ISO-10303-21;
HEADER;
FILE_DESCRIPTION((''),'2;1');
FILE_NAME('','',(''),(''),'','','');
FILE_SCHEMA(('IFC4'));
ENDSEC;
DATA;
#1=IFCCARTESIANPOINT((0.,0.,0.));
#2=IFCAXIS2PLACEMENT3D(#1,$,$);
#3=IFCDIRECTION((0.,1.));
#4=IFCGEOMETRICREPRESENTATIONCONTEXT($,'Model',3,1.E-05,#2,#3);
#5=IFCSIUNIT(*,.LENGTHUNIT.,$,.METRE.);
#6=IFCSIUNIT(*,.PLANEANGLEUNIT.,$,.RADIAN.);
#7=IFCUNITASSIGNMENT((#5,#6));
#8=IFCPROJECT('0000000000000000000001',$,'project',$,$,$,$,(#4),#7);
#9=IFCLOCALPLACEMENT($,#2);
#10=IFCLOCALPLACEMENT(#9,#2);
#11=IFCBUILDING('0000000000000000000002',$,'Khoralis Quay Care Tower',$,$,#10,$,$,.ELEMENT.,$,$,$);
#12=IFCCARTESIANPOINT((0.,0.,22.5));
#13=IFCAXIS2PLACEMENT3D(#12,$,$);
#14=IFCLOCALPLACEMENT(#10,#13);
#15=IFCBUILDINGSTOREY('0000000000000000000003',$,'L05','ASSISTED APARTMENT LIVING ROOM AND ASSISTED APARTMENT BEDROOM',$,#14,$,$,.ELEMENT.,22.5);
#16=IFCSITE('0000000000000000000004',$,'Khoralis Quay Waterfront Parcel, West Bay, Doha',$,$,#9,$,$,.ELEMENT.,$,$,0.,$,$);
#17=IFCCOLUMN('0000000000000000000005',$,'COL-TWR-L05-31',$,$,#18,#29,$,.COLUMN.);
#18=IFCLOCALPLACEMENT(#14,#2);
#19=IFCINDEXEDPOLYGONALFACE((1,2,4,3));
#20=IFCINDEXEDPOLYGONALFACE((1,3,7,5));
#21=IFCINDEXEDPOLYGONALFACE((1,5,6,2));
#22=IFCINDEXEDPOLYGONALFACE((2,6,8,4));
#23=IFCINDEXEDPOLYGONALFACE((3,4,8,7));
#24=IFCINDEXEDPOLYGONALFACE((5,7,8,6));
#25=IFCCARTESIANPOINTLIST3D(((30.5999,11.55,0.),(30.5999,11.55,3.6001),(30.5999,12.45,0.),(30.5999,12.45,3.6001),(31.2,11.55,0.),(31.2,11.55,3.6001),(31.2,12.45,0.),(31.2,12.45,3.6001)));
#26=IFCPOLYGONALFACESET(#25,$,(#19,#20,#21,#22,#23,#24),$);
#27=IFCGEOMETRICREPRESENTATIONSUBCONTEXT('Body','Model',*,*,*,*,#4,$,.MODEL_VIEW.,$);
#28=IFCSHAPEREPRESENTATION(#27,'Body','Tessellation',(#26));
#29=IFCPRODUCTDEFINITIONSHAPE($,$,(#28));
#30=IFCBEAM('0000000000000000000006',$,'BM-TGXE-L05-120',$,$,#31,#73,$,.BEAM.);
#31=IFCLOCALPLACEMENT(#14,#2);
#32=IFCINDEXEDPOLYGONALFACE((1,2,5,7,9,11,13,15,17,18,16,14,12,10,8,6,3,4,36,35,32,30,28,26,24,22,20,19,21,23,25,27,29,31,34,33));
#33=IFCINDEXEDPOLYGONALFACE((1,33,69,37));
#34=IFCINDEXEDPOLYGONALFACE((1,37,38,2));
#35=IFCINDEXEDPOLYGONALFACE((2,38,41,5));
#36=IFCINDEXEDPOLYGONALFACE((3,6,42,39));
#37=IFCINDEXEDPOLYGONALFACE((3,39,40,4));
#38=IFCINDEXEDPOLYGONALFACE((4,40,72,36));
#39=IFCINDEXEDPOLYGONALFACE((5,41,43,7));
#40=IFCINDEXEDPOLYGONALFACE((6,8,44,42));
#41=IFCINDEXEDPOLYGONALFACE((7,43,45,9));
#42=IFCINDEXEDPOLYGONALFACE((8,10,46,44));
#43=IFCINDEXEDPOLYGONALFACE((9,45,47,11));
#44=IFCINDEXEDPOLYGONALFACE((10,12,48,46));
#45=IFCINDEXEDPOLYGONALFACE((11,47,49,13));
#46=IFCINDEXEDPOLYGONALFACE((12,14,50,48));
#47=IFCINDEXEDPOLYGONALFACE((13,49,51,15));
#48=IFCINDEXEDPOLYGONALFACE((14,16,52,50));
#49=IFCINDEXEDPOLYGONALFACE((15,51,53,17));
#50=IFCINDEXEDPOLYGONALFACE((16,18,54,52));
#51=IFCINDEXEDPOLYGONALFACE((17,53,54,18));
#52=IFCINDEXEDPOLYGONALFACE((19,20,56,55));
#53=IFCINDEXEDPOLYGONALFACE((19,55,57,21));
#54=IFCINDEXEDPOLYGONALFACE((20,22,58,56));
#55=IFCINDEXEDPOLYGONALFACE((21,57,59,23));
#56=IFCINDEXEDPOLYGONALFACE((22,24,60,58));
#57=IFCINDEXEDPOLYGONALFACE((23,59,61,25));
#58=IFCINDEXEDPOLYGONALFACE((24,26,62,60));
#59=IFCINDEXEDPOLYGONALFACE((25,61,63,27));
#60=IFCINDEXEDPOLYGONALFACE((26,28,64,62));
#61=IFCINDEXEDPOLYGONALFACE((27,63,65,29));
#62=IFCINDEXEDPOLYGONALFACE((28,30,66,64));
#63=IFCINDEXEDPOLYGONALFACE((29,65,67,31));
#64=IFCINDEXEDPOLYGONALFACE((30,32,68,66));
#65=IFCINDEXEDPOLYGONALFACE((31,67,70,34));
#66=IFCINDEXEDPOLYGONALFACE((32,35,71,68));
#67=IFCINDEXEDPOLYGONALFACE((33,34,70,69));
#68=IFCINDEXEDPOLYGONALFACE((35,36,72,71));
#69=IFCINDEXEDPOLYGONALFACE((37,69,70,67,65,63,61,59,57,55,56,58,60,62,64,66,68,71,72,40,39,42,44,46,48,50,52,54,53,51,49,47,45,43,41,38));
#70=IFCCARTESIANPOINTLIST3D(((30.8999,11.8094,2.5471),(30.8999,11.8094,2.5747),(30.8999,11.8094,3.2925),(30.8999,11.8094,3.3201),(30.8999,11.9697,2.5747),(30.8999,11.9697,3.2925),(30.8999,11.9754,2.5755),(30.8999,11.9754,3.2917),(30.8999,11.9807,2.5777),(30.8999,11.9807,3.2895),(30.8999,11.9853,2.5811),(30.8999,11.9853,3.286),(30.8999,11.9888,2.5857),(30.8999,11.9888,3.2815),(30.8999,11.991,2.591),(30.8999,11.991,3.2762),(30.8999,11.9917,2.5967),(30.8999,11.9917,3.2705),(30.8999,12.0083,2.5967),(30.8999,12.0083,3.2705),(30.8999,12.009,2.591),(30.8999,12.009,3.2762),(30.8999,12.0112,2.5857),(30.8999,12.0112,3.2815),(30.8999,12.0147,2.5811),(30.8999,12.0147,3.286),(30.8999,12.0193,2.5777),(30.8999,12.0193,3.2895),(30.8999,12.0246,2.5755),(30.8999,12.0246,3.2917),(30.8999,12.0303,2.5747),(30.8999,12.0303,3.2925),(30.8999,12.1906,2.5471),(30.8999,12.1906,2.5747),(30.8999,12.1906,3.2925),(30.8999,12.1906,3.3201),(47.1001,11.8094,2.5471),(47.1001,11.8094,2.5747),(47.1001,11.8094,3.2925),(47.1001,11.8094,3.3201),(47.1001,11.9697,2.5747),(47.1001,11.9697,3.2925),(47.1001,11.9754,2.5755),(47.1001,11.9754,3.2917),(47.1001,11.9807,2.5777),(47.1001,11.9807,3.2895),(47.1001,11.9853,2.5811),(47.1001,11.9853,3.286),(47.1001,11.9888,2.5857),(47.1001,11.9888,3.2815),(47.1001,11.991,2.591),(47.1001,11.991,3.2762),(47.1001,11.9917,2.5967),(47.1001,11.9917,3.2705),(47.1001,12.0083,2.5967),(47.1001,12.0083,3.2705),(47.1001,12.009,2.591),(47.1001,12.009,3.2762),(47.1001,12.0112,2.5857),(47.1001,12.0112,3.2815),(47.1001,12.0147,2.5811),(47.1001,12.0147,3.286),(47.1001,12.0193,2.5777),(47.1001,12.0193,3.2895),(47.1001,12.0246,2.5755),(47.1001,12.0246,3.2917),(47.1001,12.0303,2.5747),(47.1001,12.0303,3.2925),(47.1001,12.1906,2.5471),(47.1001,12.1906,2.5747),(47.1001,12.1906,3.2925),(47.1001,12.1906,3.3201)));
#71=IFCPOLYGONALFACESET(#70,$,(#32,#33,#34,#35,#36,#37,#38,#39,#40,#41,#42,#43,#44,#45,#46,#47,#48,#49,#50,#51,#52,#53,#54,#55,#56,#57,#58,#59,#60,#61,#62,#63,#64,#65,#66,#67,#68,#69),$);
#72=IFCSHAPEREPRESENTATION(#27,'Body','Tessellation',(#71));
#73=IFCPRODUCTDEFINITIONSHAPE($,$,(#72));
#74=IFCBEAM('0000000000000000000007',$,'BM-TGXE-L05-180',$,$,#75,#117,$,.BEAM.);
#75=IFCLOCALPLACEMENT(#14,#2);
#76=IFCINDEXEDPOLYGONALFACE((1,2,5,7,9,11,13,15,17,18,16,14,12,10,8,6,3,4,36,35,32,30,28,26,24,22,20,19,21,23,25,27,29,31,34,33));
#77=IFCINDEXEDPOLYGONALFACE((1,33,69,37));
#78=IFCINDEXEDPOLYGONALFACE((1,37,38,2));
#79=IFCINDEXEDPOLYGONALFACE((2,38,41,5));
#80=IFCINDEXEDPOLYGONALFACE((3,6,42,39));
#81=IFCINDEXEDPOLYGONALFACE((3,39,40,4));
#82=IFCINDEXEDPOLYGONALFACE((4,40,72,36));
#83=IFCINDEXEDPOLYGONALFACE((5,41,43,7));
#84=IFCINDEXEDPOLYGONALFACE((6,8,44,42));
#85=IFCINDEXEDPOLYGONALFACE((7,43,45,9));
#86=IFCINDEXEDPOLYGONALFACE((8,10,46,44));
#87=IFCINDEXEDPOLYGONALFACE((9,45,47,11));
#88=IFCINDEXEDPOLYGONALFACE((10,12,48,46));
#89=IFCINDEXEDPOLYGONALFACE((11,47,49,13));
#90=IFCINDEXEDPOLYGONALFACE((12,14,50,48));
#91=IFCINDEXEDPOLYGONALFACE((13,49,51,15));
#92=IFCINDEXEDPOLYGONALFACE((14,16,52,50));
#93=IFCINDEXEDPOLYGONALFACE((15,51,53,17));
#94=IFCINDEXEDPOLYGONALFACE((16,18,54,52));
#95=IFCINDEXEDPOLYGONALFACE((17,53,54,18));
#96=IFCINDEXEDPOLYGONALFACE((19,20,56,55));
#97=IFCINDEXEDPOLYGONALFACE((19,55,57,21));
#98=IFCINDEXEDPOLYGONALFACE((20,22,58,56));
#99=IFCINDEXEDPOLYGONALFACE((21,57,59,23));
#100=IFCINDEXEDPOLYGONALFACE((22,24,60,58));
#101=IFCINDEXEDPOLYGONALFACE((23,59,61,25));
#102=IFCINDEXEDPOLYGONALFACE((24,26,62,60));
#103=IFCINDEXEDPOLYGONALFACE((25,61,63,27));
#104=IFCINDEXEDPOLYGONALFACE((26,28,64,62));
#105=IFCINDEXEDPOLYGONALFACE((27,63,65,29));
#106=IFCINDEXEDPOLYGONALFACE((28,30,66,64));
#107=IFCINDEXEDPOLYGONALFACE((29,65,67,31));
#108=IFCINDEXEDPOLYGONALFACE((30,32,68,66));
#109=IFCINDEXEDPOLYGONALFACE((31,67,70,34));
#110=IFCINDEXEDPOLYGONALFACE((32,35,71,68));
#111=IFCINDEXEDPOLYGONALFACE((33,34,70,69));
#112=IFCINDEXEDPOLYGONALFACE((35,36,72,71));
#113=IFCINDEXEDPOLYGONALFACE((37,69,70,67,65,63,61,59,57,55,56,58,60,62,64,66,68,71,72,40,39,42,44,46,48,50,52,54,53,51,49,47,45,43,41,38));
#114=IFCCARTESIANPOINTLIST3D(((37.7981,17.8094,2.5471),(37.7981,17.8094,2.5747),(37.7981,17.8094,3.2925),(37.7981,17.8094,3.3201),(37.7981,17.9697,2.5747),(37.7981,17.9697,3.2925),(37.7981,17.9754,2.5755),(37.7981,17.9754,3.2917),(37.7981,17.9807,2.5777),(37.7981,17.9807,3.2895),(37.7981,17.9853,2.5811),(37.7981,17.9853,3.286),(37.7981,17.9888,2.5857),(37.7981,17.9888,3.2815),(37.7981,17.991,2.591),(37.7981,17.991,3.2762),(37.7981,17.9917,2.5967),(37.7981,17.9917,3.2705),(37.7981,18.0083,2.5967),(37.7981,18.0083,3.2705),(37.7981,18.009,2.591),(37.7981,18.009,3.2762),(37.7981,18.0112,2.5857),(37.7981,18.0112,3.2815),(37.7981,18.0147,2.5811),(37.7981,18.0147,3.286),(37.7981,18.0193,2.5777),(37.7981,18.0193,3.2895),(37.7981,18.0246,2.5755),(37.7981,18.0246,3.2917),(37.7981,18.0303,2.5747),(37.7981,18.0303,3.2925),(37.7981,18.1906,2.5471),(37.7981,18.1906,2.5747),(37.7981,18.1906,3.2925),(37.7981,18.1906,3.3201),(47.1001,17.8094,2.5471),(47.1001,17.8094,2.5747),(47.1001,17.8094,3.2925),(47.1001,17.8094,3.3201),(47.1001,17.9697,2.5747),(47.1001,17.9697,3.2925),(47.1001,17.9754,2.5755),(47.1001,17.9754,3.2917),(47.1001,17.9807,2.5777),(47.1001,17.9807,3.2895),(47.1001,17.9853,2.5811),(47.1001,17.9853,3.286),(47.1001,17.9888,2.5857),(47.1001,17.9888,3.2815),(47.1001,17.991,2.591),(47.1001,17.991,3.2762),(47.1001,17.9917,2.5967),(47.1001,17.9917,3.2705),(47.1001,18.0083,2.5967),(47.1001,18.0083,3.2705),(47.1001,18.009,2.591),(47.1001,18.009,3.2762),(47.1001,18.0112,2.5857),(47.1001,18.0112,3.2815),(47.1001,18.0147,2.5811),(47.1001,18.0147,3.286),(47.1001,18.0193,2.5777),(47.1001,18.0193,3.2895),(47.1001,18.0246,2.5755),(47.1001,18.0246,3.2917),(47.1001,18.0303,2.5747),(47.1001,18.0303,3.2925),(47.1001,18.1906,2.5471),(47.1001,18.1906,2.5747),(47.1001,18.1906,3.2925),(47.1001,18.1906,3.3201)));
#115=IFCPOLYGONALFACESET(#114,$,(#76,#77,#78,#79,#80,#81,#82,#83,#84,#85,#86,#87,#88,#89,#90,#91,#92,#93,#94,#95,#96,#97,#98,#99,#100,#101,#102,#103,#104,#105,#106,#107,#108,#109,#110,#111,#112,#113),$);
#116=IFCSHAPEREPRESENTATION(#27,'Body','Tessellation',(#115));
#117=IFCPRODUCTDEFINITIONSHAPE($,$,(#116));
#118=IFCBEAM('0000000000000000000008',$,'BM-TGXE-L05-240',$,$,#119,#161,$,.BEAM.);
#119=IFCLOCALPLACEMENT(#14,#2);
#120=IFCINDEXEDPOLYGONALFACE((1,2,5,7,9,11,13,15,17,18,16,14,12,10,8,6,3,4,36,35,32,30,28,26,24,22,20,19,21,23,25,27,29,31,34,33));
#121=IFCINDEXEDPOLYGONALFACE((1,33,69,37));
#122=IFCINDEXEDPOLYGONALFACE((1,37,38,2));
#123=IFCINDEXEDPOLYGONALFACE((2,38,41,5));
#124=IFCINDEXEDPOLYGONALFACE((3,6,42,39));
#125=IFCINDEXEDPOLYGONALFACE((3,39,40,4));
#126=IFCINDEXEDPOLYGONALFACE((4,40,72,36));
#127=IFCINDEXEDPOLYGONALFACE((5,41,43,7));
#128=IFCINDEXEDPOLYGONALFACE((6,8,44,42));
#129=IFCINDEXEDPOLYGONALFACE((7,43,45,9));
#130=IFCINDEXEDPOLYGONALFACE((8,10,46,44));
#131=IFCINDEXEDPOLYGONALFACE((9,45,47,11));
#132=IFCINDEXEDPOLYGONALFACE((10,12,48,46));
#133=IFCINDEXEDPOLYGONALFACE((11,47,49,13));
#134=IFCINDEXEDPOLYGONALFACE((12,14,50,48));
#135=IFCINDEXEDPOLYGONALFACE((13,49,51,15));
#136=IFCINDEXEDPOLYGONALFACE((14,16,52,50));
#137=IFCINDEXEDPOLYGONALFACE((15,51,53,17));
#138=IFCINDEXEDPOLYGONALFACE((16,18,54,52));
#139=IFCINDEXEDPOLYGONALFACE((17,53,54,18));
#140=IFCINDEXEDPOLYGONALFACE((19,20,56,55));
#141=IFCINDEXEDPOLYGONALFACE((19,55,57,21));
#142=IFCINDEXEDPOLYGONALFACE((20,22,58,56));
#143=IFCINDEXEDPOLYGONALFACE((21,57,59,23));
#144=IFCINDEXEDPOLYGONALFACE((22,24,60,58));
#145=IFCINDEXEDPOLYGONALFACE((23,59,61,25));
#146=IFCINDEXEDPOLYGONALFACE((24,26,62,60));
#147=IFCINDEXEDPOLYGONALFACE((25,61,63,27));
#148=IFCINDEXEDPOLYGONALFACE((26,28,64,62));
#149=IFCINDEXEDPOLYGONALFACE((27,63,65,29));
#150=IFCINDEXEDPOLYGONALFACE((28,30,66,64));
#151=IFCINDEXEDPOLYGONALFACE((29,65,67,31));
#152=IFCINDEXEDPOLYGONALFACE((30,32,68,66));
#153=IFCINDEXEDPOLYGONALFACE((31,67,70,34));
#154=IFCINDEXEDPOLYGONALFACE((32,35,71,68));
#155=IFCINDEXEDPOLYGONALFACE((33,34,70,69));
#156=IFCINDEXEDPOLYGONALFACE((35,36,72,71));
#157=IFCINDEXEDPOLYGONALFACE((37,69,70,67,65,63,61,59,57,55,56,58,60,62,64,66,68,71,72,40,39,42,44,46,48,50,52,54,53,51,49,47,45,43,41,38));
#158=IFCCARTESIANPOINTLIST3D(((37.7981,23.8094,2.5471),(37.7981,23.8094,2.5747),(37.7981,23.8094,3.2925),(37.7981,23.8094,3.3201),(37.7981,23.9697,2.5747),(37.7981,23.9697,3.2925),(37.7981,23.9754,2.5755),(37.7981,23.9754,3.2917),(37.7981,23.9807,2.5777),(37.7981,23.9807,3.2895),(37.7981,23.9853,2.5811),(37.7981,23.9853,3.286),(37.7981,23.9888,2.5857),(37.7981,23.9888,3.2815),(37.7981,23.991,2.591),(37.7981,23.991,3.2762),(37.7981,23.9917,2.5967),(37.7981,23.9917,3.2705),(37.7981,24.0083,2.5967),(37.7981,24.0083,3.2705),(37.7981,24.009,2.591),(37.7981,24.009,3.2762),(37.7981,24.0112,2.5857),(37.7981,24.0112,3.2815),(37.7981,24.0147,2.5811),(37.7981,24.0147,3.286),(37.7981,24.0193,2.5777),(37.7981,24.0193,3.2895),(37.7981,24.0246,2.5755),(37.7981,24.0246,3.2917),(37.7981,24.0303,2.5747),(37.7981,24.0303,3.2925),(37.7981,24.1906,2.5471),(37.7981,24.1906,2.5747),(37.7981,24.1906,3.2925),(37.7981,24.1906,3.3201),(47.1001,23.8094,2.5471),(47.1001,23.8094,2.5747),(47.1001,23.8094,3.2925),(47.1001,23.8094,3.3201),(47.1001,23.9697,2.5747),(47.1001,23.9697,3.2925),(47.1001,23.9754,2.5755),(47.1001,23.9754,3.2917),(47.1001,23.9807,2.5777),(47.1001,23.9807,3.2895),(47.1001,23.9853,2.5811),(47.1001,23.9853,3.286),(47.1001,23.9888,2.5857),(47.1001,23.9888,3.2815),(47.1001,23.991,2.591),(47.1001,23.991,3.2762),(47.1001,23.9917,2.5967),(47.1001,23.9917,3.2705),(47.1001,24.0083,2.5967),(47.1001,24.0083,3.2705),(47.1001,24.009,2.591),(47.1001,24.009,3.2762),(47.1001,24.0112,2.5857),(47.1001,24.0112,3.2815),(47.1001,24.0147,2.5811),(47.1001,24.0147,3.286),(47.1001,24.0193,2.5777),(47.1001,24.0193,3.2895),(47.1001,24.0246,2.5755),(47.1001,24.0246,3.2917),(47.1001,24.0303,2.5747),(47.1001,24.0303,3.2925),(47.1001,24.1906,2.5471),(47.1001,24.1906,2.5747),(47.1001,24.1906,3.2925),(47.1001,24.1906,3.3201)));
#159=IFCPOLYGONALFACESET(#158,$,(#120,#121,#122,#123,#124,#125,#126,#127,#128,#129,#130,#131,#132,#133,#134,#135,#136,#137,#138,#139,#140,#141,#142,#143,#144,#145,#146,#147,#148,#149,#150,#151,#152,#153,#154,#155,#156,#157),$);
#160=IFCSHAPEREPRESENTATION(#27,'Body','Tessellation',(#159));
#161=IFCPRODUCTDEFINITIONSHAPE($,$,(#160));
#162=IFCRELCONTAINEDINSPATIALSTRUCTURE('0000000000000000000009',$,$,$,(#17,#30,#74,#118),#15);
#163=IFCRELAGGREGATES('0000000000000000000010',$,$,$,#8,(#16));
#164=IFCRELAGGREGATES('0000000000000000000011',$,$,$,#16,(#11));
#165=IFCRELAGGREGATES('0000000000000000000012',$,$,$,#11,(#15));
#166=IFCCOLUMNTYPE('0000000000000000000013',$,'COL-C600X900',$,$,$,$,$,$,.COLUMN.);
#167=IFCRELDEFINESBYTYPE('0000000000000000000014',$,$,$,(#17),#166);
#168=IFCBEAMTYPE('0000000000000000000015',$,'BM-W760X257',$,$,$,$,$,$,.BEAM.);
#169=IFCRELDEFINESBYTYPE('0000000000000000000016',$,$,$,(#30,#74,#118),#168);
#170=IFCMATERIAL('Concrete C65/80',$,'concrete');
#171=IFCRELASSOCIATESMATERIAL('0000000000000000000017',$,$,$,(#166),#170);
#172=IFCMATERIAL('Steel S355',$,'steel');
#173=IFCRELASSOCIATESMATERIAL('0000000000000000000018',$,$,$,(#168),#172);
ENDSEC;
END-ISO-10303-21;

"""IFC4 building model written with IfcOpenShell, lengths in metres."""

from ifc_helpers import new_model, si_unit, direction, frame, origin, origin_2d, place, context, subcontext, project, spatial, rectangle, i_section, extrude, source, transform, mapped, material, material_profile, profile_set, type_object, element, save


model = new_model("IFC4")

# Units and contexts
model_context = context("Model", 3, precision=1e-05, world=origin(), true_north=direction((0.0, 1.0)))
body_context = subcontext(model_context, "Body", "Model", "MODEL_VIEW")
ifc_project = project(units=[si_unit("LENGTHUNIT", "METRE"), si_unit("PLANEANGLEUNIT", "RADIAN")], contexts=[model_context])

# Site, building, storey
site_placement = place(None, origin())
site = spatial("IfcSite", under=ifc_project, at=site_placement, Name="Khoralis Quay Waterfront Parcel, West Bay, Doha", CompositionType="ELEMENT", RefElevation=0.0)
building_placement = place(site_placement, origin())
building = spatial("IfcBuilding", under=site, at=building_placement, Name="Khoralis Quay Care Tower", CompositionType="ELEMENT")
storey_placement = place(building_placement, frame((0.0, 0.0, 22.5)))
storey = spatial("IfcBuildingStorey", under=building, at=storey_placement, Name="L05", Description="ASSISTED APARTMENT LIVING ROOM AND ASSISTED APARTMENT BEDROOM", CompositionType="ELEMENT", Elevation=22.5)

# Column
ifc_material_1 = material(Name="Concrete C65/80", Category="concrete")
ifc_material_profile_1 = material_profile(ifc_material_1, rectangle(XDim=0.6001, YDim=0.8999, at=origin_2d()), Name="Concrete C65/80")
ifc_profile_set_1 = profile_set([ifc_material_profile_1], Name="Concrete C65/80")
column_type = type_object("IfcColumnType", Name="COL-C600X900", PredefinedType="COLUMN", material=ifc_profile_set_1)
shared_shape_1 = source(origin(), body_context, "Body", "SweptSolid", [
    extrude(rectangle(XDim=0.6001, YDim=0.8999, at=origin_2d()), origin(), (0.0, 0.0, 1.0), 3.6001),
])
column_placement = place(storey_placement, frame((30.8999, 12.0, 0.0), z_axis=(0.0, 0.0, 1.0), x_axis=(1.0, 0.0, 0.0)))
element("IfcColumn", 1, at=column_placement, inside=storey, type_object=column_type, Name="COL-TWR-L05-31", PredefinedType="COLUMN", context=body_context, shape_type="MappedRepresentation", body=[
    mapped(shared_shape_1, transform((0.0, 0.0, 0.0), scale=1.0)),
])

# Beams
ifc_material_2 = material(Name="Steel S355", Category="steel")
ifc_material_profile_2 = material_profile(ifc_material_2, i_section(OverallWidth=0.3811, OverallDepth=0.7729, WebThickness=0.0166, FlangeThickness=0.0276, FilletRadius=0.022, at=origin_2d()), Name="Steel S355")
ifc_profile_set_2 = profile_set([ifc_material_profile_2], Name="Steel S355")
beam_type_1 = type_object("IfcBeamType", Name="BM-W760X257", PredefinedType="BEAM", material=ifc_profile_set_2)
shared_shape_2 = source(origin(), body_context, "Body", "SweptSolid", [
    extrude(i_section(OverallWidth=0.3811, OverallDepth=0.7729, WebThickness=0.0166, FlangeThickness=0.0276, FilletRadius=0.022, at=origin_2d()), origin(), (0.0, 0.0, 1.0), 16.2002),
])
beam_1_placement = place(storey_placement, frame((30.8999, 12.0, 2.9336), z_axis=(1.0, 0.0, 0.0), x_axis=(0.0, 1.0, 0.0)))
element("IfcBeam", 2, at=beam_1_placement, inside=storey, type_object=beam_type_1, Name="BM-TGXE-L05-120", PredefinedType="BEAM", context=body_context, shape_type="MappedRepresentation", body=[
    mapped(shared_shape_2, transform((0.0, 0.0, 0.0), scale=1.0)),
])
shared_shape_3 = source(origin(), body_context, "Body", "SweptSolid", [
    extrude(i_section(OverallWidth=0.3811, OverallDepth=0.7729, WebThickness=0.0166, FlangeThickness=0.0276, FilletRadius=0.022, at=origin_2d()), origin(), (0.0, 0.0, 1.0), 9.302),
])
for number, where, z_axis, x_axis, name in (
    (3, (37.7981, 18.0, 2.9336), (1.0, 0.0, 0.0), (0.0, 1.0, 0.0), "BM-TGXE-L05-180"),
    (4, (37.7981, 24.0, 2.9336), (1.0, 0.0, 0.0), (0.0, 1.0, 0.0), "BM-TGXE-L05-240"),
):
    element("IfcBeam", number, at=place(storey_placement, frame(where, z_axis=z_axis, x_axis=x_axis)), inside=storey, type_object=beam_type_1, Name=name, PredefinedType="BEAM", context=body_context, shape_type="MappedRepresentation", body=[
        mapped(shared_shape_3, transform((0.0, 0.0, 0.0), scale=1.0)),
    ])

save(model, "model.ifc")
